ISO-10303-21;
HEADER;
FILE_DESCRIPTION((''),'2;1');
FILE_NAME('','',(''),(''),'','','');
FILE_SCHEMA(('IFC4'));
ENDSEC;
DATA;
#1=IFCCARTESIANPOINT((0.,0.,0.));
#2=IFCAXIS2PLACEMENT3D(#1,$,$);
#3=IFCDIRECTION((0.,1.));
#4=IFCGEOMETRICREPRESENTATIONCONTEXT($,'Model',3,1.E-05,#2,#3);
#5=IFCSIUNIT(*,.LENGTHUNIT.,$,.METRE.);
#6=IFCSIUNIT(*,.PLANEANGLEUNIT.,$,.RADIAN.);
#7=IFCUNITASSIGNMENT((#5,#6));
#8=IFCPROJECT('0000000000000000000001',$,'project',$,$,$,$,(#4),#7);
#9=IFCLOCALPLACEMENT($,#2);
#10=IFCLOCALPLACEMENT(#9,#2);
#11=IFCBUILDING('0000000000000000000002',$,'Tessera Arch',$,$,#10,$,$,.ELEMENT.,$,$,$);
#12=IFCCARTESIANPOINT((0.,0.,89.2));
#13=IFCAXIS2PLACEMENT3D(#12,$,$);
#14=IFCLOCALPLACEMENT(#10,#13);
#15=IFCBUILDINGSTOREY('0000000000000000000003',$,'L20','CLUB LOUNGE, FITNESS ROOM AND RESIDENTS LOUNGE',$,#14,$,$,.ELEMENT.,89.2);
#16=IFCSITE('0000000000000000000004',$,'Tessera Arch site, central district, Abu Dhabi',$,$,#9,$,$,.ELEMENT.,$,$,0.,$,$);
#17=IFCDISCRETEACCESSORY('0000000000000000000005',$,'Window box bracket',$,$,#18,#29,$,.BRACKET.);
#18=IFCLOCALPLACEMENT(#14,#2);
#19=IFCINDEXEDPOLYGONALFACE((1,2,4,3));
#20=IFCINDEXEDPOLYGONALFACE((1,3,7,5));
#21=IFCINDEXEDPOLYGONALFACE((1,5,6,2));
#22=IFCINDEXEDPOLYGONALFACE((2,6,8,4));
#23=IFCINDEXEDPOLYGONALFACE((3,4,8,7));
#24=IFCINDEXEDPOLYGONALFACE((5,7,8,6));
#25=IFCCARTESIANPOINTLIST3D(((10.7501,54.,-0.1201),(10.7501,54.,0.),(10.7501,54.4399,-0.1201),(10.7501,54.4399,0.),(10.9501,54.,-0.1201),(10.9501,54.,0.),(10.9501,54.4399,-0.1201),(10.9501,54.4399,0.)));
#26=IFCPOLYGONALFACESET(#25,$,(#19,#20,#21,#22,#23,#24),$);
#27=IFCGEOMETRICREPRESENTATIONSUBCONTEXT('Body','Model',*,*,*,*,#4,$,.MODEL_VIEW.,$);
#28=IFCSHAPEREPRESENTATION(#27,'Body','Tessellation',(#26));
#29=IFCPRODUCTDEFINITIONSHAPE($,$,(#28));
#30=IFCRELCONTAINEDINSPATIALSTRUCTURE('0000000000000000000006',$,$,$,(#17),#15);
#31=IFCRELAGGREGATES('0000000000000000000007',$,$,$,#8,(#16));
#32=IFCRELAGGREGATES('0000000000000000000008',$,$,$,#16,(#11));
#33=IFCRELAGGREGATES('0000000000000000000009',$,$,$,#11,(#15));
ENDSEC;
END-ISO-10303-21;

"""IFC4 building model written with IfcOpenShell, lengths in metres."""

from ifc_helpers import new_model, si_unit, direction, frame, origin, origin_2d, place, context, subcontext, project, spatial, rectangle, extrude, element, save


model = new_model("IFC4")

# Units and contexts
model_context = context("Model", 3, precision=1e-05, world=origin(), true_north=direction((0.0, 1.0)))
body_context = subcontext(model_context, "Body", "Model", "MODEL_VIEW")
ifc_project = project(units=[si_unit("LENGTHUNIT", "METRE"), si_unit("PLANEANGLEUNIT", "RADIAN")], contexts=[model_context])

# Site, building, storey
site_placement = place(None, origin())
site = spatial("IfcSite", under=ifc_project, at=site_placement, Name="Tessera Arch site, central district, Abu Dhabi", CompositionType="ELEMENT", RefElevation=0.0)
building_placement = place(site_placement, origin())
building = spatial("IfcBuilding", under=site, at=building_placement, Name="Tessera Arch", CompositionType="ELEMENT")
storey_placement = place(building_placement, frame((0.0, 0.0, 89.2)))
storey = spatial("IfcBuildingStorey", under=building, at=storey_placement, Name="L20", Description="CLUB LOUNGE, FITNESS ROOM AND RESIDENTS LOUNGE", CompositionType="ELEMENT", Elevation=89.2)

# Discrete accessory
for number, where, z_axis, x_axis, name in (
    (1, (10.8501, 54.22, -0.1201), (0.0, 0.0, 1.0), (0.0, 1.0, 0.0), "Window box bracket"),
):
    element("IfcDiscreteAccessory", number, at=place(storey_placement, frame(where, z_axis=z_axis, x_axis=x_axis)), inside=storey, Name=name, PredefinedType="BRACKET", context=body_context, shape_type="SweptSolid", body=[
        extrude(rectangle(XDim=0.4399, YDim=0.2, at=origin_2d()), origin(), (0.0, 0.0, 1.0), 0.1201),
    ])

save(model, "model.ifc")
